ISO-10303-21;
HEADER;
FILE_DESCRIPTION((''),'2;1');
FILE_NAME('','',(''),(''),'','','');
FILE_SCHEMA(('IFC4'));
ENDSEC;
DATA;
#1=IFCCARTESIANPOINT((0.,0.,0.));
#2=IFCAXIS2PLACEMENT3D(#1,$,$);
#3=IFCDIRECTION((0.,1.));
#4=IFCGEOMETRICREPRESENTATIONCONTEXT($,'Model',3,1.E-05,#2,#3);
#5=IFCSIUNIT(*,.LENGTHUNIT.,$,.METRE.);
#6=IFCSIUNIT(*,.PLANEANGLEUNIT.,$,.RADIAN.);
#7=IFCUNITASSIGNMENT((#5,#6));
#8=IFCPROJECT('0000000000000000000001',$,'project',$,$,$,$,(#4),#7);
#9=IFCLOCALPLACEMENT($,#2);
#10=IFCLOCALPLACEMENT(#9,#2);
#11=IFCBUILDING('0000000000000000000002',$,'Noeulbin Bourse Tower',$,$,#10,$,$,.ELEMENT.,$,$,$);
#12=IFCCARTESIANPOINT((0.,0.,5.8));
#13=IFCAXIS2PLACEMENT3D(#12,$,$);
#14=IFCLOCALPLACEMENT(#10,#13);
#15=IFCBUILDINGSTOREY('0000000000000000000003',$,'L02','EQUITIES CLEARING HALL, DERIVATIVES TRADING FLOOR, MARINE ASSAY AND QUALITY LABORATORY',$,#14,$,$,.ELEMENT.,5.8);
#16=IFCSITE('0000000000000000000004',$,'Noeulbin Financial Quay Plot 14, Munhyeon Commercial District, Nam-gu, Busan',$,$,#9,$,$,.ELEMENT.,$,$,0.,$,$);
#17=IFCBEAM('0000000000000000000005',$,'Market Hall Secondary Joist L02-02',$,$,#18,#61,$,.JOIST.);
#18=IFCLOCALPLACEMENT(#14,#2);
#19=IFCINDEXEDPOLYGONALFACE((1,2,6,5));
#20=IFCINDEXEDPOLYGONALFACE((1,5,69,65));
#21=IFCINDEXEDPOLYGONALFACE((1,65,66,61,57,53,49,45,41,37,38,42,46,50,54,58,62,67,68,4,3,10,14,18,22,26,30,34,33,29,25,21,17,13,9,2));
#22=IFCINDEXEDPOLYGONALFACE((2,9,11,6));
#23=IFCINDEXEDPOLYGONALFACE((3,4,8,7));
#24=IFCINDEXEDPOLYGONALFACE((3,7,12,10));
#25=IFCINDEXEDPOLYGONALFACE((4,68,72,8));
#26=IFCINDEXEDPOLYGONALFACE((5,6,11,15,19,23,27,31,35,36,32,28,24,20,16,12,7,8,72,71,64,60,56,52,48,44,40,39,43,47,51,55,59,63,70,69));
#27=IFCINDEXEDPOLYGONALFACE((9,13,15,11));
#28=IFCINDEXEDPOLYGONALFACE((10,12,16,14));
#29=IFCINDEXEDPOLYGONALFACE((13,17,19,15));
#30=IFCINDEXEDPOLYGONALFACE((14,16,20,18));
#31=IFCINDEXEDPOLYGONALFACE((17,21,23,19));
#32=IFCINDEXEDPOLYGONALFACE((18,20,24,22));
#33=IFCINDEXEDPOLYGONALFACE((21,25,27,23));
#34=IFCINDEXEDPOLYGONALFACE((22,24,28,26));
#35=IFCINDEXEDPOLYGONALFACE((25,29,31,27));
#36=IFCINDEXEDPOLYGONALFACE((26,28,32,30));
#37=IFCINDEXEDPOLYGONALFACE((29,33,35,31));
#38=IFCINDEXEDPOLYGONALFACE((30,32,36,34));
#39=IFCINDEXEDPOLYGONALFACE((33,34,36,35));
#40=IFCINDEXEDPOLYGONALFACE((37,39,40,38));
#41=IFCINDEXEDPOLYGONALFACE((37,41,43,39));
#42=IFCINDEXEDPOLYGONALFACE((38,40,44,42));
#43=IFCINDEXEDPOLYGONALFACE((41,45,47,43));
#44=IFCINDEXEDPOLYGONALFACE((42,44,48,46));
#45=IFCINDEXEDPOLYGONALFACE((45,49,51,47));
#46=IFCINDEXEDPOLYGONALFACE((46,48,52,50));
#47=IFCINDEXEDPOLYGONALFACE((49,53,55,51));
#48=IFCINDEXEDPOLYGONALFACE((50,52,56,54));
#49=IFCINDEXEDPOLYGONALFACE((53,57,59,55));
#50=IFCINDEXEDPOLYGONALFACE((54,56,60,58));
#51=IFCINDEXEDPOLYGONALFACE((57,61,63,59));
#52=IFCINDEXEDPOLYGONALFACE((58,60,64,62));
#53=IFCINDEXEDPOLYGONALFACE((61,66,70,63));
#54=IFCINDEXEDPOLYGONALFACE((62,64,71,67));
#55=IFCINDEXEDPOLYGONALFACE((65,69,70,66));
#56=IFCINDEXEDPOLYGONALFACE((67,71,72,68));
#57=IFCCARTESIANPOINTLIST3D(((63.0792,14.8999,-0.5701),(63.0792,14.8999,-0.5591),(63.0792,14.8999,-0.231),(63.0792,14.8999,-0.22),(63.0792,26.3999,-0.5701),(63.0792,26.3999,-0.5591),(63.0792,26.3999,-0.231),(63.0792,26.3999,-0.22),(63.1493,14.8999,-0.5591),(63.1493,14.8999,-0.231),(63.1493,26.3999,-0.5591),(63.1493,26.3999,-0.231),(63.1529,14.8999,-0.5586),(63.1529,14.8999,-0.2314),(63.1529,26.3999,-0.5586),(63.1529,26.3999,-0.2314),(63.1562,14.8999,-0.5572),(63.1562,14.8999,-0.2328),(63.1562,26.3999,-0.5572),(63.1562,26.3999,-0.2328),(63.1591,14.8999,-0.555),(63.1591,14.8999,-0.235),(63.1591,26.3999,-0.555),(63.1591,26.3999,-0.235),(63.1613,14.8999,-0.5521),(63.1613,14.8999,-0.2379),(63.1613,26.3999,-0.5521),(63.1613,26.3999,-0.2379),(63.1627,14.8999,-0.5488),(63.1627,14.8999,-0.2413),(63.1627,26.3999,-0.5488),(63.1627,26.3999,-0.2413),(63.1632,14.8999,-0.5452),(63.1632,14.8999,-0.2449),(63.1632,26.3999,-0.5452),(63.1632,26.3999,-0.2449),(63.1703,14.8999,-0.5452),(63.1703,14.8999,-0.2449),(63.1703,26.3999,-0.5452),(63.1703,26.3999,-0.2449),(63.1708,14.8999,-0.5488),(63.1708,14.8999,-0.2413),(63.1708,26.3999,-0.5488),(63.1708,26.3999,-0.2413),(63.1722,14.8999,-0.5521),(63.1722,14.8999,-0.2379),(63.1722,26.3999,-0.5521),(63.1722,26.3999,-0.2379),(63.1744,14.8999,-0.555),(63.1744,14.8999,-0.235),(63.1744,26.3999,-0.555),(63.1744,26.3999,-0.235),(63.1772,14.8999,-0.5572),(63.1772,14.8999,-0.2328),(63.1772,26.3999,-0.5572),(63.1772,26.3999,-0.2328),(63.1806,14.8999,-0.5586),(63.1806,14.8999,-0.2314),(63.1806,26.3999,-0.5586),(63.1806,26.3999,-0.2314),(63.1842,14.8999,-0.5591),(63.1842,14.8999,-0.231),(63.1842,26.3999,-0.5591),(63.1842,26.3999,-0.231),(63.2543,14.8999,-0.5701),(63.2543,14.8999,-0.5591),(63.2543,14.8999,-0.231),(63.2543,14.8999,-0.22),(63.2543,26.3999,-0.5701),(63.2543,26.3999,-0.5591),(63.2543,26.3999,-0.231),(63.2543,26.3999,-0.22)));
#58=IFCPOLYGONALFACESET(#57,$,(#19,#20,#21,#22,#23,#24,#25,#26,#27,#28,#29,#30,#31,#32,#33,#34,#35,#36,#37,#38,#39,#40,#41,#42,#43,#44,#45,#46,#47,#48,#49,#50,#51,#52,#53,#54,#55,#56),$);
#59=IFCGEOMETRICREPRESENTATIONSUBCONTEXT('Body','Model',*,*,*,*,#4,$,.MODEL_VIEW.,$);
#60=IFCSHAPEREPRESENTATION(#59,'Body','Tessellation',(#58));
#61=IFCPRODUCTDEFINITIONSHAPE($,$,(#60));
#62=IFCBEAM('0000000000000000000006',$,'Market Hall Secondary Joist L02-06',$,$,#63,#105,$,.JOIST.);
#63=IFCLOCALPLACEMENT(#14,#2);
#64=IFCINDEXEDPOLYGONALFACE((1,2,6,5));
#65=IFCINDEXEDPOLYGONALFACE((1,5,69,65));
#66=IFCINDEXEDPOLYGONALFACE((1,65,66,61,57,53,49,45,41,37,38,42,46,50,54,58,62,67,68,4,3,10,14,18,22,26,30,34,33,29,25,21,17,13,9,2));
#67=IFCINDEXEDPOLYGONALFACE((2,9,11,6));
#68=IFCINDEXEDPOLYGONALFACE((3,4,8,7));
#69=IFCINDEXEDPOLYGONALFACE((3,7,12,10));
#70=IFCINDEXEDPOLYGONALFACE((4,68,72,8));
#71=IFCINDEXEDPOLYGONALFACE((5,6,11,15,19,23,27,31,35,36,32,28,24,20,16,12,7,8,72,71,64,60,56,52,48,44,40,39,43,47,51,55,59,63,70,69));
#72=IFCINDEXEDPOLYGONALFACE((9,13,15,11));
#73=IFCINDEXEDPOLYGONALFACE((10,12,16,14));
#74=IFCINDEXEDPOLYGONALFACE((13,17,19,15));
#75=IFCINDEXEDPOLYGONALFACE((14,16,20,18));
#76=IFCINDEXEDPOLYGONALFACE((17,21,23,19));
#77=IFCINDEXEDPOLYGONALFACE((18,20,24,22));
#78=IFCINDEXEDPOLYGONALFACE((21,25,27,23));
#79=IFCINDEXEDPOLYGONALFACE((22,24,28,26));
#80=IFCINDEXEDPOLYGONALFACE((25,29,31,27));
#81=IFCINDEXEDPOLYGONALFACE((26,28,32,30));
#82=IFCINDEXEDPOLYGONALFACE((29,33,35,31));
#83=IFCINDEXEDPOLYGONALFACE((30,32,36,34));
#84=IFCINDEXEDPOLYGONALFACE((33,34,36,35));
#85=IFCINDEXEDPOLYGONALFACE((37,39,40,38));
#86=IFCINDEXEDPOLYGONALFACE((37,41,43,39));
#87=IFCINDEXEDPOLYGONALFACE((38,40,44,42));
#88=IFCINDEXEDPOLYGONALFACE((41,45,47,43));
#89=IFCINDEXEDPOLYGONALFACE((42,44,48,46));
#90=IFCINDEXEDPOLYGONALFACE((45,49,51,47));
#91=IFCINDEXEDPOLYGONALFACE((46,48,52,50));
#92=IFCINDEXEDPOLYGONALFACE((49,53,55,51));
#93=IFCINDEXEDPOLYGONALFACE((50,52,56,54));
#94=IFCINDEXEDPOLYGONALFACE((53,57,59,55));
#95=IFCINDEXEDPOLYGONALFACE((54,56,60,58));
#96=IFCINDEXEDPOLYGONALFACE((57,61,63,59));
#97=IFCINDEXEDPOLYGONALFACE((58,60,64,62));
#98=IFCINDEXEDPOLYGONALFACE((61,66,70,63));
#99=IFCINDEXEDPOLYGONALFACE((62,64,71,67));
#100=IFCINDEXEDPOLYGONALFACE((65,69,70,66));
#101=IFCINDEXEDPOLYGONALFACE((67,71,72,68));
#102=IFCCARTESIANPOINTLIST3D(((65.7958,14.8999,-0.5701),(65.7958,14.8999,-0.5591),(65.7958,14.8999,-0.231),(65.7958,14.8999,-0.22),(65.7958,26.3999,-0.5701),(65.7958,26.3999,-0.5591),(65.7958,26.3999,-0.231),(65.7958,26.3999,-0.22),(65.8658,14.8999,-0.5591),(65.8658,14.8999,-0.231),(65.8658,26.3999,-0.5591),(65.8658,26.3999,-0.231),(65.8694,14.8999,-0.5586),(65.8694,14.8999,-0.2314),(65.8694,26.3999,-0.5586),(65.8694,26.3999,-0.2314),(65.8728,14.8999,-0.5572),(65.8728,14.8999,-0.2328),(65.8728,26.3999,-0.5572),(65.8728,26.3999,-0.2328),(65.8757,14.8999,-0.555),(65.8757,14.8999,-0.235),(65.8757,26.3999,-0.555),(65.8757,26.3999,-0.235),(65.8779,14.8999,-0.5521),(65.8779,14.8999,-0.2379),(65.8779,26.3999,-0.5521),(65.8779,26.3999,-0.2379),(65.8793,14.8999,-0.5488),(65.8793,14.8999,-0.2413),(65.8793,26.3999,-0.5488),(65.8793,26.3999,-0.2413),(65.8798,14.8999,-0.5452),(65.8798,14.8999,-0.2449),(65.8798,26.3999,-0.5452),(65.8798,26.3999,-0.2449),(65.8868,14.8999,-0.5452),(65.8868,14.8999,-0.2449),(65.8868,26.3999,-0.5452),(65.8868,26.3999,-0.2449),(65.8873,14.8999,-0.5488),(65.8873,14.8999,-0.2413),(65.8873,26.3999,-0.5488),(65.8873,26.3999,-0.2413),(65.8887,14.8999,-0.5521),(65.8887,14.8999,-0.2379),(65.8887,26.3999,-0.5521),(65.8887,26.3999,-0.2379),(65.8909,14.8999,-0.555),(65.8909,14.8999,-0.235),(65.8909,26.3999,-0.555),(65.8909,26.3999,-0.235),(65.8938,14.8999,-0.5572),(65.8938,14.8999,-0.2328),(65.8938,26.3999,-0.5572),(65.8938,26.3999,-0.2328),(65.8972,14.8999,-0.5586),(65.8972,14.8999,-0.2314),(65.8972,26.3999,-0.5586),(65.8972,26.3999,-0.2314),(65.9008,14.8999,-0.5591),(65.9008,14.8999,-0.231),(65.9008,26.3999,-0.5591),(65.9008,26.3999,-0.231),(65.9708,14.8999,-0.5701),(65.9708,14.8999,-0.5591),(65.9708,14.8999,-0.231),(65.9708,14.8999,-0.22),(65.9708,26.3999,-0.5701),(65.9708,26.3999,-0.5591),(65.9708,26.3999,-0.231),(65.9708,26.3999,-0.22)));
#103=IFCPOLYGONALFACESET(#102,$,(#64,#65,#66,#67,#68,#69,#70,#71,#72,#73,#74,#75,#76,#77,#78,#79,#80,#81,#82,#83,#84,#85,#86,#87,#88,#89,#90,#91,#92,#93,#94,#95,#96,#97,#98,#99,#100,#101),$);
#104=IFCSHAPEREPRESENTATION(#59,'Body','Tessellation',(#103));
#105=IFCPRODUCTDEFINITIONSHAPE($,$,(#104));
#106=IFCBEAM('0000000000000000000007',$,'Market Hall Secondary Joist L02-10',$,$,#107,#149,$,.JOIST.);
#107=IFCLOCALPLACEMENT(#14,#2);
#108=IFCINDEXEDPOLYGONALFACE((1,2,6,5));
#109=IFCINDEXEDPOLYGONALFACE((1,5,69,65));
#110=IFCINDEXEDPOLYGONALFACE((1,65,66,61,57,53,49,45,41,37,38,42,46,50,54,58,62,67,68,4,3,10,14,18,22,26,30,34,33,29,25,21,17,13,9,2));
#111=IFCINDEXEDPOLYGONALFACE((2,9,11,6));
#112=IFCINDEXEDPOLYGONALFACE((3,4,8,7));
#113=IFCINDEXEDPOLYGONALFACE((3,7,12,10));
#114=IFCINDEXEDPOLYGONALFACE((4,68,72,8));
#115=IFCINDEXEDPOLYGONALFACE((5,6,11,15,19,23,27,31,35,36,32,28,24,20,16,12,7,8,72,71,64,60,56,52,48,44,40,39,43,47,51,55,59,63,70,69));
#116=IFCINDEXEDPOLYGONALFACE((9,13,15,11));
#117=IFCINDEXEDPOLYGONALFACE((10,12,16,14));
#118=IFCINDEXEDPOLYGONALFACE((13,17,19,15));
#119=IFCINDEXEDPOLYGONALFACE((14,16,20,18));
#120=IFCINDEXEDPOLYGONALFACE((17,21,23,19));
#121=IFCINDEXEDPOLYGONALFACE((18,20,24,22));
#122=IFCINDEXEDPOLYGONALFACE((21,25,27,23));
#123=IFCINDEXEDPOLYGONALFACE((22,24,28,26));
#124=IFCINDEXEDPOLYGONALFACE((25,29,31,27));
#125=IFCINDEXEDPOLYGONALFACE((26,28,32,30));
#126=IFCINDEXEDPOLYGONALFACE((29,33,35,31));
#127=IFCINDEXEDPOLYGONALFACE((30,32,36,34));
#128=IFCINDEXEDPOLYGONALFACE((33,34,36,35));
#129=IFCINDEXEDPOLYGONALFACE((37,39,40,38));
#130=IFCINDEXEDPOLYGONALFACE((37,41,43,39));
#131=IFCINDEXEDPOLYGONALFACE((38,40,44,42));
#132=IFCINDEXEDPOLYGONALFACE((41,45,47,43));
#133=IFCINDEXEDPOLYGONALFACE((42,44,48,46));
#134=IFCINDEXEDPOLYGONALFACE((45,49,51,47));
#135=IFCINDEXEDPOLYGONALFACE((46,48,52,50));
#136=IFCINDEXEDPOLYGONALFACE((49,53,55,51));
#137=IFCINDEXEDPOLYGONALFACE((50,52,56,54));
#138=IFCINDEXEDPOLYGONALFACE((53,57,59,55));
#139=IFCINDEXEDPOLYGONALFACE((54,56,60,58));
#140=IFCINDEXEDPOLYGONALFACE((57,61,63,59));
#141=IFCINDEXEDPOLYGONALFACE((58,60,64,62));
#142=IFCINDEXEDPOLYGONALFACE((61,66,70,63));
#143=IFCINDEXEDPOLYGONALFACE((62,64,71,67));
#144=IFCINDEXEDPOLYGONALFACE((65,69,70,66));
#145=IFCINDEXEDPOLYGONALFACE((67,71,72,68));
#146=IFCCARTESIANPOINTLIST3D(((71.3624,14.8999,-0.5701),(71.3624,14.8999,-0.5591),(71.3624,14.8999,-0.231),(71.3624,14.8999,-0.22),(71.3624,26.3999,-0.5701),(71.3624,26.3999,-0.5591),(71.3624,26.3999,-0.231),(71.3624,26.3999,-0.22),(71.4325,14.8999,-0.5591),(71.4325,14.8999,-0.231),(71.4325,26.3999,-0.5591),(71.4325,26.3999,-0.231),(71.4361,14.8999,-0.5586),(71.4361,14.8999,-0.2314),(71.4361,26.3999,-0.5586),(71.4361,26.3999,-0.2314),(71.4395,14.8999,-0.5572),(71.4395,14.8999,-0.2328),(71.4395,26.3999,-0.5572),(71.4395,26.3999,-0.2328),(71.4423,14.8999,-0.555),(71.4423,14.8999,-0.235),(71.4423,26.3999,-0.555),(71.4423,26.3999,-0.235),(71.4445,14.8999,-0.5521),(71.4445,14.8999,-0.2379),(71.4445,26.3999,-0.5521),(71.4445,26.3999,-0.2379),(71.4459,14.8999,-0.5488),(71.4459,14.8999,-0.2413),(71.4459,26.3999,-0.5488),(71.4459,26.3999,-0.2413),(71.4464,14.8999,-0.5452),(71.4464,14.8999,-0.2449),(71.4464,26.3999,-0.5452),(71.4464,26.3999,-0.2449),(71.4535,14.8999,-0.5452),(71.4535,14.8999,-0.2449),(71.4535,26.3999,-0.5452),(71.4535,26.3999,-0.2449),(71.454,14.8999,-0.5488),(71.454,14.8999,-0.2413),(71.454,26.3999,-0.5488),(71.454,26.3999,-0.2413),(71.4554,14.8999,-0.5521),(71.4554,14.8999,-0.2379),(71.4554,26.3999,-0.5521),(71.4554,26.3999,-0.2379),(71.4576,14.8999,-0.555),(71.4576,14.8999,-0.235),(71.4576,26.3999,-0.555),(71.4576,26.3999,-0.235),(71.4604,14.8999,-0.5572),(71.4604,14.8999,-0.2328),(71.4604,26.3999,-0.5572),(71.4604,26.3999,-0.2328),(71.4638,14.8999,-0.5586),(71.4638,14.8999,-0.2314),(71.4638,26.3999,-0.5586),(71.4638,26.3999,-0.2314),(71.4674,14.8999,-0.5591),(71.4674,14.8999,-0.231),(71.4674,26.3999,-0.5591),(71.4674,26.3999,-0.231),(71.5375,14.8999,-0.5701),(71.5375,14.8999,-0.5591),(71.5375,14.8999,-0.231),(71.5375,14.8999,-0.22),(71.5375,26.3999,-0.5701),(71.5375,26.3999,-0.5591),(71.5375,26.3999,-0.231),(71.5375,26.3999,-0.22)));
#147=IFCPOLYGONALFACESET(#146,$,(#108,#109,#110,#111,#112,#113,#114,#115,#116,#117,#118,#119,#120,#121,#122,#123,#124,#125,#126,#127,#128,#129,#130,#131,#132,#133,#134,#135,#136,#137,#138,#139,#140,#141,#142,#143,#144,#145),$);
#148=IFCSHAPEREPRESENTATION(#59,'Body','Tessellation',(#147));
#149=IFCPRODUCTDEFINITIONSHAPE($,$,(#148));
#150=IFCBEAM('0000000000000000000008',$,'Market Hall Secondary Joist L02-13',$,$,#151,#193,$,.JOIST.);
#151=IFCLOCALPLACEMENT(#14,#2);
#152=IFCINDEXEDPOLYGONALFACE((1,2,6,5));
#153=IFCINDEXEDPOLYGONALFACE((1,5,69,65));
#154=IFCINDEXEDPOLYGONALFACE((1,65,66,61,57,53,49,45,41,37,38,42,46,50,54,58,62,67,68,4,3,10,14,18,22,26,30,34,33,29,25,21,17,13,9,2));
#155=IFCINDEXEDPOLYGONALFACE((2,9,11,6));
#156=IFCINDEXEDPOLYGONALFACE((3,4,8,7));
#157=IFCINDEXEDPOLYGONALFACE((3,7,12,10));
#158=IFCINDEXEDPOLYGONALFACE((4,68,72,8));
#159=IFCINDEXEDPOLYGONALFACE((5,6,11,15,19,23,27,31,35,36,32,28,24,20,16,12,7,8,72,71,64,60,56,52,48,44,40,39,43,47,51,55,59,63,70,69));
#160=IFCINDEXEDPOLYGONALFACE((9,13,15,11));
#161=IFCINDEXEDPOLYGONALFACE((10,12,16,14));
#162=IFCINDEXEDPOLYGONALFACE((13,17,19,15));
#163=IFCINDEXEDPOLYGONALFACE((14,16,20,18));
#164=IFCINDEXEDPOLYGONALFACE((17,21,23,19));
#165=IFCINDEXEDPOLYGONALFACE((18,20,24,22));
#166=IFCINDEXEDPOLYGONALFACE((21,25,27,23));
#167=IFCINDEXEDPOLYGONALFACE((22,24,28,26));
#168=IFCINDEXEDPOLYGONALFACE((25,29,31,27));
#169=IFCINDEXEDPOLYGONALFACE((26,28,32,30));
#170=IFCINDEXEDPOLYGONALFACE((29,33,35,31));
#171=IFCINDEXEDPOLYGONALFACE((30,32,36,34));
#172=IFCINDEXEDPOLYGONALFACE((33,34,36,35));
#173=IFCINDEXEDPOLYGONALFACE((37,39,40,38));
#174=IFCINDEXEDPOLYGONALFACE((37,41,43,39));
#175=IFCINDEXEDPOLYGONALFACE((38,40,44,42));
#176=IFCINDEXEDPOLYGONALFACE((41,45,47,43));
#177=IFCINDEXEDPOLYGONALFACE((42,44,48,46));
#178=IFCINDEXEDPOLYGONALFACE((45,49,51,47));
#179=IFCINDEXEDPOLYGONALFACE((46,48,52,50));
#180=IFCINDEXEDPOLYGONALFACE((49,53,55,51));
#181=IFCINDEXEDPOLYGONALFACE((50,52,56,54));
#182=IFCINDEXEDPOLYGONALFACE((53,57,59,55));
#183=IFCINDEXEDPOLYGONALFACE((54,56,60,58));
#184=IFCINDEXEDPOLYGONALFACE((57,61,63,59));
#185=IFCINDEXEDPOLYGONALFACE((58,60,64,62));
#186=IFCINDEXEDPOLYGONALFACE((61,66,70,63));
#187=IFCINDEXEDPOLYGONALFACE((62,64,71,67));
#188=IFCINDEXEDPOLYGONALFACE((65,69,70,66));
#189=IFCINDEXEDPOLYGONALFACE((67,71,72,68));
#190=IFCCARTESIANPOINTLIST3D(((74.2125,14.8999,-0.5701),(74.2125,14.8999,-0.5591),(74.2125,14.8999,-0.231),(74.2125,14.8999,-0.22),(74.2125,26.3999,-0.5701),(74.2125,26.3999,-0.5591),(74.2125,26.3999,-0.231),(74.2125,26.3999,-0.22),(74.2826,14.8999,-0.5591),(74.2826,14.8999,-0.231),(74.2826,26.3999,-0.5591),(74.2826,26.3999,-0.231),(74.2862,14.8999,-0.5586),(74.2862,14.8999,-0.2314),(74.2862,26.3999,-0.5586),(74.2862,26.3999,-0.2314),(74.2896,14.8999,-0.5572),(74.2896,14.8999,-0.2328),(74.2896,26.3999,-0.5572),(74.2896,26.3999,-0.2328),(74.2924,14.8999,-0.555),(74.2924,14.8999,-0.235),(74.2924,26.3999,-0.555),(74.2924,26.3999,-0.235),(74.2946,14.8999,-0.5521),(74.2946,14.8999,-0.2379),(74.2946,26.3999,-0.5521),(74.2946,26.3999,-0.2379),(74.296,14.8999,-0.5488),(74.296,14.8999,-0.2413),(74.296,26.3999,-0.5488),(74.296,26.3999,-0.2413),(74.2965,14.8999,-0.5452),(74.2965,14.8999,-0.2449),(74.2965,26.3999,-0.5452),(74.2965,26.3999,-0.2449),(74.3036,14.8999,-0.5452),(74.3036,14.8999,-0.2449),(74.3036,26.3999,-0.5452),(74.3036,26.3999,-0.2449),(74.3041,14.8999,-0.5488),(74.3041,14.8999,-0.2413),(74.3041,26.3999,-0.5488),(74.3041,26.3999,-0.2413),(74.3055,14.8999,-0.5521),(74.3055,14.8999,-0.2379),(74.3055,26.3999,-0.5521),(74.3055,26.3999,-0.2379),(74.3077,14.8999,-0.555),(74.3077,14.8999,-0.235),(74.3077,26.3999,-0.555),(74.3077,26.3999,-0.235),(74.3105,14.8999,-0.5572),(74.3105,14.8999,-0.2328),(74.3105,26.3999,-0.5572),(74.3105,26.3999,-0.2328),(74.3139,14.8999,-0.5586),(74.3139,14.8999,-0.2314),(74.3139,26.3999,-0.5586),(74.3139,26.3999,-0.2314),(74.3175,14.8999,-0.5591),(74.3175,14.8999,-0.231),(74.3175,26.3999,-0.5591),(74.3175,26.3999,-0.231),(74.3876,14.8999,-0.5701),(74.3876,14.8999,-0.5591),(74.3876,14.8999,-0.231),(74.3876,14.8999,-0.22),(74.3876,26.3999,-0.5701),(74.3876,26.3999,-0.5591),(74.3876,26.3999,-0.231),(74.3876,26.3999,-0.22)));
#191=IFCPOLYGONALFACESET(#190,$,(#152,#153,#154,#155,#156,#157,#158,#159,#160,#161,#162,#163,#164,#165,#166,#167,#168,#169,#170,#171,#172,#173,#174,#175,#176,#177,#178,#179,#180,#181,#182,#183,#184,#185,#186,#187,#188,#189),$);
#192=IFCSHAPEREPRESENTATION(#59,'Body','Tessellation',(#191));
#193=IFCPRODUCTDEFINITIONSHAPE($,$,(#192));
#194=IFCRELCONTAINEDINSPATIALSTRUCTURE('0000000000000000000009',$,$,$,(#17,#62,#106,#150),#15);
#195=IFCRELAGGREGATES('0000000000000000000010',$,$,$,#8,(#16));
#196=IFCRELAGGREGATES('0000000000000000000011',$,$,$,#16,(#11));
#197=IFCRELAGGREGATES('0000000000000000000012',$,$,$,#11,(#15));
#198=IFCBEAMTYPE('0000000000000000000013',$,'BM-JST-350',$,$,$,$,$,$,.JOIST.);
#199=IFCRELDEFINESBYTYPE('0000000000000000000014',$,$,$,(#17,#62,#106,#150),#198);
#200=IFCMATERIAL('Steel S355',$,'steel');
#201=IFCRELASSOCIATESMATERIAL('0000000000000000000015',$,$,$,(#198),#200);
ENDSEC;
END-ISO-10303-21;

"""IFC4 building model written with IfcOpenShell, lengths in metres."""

from ifc_helpers import new_model, si_unit, direction, frame, origin, origin_2d, place, context, subcontext, project, spatial, i_section, extrude, material, material_profile, profile_set, type_object, element, save


model = new_model("IFC4")

# Units and contexts
model_context = context("Model", 3, precision=1e-05, world=origin(), true_north=direction((0.0, 1.0)))
body_context = subcontext(model_context, "Body", "Model", "MODEL_VIEW")
ifc_project = project(units=[si_unit("LENGTHUNIT", "METRE"), si_unit("PLANEANGLEUNIT", "RADIAN")], contexts=[model_context])

# Site, building, storey
site_placement = place(None, origin())
site = spatial("IfcSite", under=ifc_project, at=site_placement, Name="Noeulbin Financial Quay Plot 14, Munhyeon Commercial District, Nam-gu, Busan", CompositionType="ELEMENT", RefElevation=0.0)
building_placement = place(site_placement, origin())
building = spatial("IfcBuilding", under=site, at=building_placement, Name="Noeulbin Bourse Tower", CompositionType="ELEMENT")
storey_placement = place(building_placement, frame((0.0, 0.0, 5.8)))
storey = spatial("IfcBuildingStorey", under=building, at=storey_placement, Name="L02", Description="EQUITIES CLEARING HALL, DERIVATIVES TRADING FLOOR, MARINE ASSAY AND QUALITY LABORATORY", CompositionType="ELEMENT", Elevation=5.8)

# Shared definitions
ifc_material_1 = material(Name="Steel S355", Category="steel")

# Beams
ifc_material_profile_1 = material_profile(ifc_material_1, i_section(OverallWidth=0.175, OverallDepth=0.3501, WebThickness=0.0071, FlangeThickness=0.011, FilletRadius=0.0139, at=origin_2d()), Name="H-350x175x7x11", Category="LoadBearing")
ifc_profile_set_1 = profile_set([ifc_material_profile_1], Name="Steel S355")
beam_type_1 = type_object("IfcBeamType", Name="BM-JST-350", PredefinedType="JOIST", material=ifc_profile_set_1)
for number, where, z_axis, x_axis, name in (
    (1, (63.1667, 14.8999, -0.395), (0.0, 1.0, 0.0), (-1.0, 0.0, 0.0), "Market Hall Secondary Joist L02-02"),
    (2, (65.8833, 14.8999, -0.395), (0.0, 1.0, 0.0), (-1.0, 0.0, 0.0), "Market Hall Secondary Joist L02-06"),
    (3, (71.45, 14.8999, -0.395), (0.0, 1.0, 0.0), (-1.0, 0.0, 0.0), "Market Hall Secondary Joist L02-10"),
    (4, (74.3, 14.8999, -0.395), (0.0, 1.0, 0.0), (-1.0, 0.0, 0.0), "Market Hall Secondary Joist L02-13"),
):
    element("IfcBeam", number, at=place(storey_placement, frame(where, z_axis=z_axis, x_axis=x_axis)), inside=storey, type_object=beam_type_1, Name=name, PredefinedType="JOIST", context=body_context, shape_type="SweptSolid", body=[
        extrude(i_section(OverallWidth=0.175, OverallDepth=0.3501, WebThickness=0.0071, FlangeThickness=0.011, FilletRadius=0.0139, at=origin_2d()), origin(), (0.0, 0.0, 1.0), 11.5),
    ])

save(model, "model.ifc")
